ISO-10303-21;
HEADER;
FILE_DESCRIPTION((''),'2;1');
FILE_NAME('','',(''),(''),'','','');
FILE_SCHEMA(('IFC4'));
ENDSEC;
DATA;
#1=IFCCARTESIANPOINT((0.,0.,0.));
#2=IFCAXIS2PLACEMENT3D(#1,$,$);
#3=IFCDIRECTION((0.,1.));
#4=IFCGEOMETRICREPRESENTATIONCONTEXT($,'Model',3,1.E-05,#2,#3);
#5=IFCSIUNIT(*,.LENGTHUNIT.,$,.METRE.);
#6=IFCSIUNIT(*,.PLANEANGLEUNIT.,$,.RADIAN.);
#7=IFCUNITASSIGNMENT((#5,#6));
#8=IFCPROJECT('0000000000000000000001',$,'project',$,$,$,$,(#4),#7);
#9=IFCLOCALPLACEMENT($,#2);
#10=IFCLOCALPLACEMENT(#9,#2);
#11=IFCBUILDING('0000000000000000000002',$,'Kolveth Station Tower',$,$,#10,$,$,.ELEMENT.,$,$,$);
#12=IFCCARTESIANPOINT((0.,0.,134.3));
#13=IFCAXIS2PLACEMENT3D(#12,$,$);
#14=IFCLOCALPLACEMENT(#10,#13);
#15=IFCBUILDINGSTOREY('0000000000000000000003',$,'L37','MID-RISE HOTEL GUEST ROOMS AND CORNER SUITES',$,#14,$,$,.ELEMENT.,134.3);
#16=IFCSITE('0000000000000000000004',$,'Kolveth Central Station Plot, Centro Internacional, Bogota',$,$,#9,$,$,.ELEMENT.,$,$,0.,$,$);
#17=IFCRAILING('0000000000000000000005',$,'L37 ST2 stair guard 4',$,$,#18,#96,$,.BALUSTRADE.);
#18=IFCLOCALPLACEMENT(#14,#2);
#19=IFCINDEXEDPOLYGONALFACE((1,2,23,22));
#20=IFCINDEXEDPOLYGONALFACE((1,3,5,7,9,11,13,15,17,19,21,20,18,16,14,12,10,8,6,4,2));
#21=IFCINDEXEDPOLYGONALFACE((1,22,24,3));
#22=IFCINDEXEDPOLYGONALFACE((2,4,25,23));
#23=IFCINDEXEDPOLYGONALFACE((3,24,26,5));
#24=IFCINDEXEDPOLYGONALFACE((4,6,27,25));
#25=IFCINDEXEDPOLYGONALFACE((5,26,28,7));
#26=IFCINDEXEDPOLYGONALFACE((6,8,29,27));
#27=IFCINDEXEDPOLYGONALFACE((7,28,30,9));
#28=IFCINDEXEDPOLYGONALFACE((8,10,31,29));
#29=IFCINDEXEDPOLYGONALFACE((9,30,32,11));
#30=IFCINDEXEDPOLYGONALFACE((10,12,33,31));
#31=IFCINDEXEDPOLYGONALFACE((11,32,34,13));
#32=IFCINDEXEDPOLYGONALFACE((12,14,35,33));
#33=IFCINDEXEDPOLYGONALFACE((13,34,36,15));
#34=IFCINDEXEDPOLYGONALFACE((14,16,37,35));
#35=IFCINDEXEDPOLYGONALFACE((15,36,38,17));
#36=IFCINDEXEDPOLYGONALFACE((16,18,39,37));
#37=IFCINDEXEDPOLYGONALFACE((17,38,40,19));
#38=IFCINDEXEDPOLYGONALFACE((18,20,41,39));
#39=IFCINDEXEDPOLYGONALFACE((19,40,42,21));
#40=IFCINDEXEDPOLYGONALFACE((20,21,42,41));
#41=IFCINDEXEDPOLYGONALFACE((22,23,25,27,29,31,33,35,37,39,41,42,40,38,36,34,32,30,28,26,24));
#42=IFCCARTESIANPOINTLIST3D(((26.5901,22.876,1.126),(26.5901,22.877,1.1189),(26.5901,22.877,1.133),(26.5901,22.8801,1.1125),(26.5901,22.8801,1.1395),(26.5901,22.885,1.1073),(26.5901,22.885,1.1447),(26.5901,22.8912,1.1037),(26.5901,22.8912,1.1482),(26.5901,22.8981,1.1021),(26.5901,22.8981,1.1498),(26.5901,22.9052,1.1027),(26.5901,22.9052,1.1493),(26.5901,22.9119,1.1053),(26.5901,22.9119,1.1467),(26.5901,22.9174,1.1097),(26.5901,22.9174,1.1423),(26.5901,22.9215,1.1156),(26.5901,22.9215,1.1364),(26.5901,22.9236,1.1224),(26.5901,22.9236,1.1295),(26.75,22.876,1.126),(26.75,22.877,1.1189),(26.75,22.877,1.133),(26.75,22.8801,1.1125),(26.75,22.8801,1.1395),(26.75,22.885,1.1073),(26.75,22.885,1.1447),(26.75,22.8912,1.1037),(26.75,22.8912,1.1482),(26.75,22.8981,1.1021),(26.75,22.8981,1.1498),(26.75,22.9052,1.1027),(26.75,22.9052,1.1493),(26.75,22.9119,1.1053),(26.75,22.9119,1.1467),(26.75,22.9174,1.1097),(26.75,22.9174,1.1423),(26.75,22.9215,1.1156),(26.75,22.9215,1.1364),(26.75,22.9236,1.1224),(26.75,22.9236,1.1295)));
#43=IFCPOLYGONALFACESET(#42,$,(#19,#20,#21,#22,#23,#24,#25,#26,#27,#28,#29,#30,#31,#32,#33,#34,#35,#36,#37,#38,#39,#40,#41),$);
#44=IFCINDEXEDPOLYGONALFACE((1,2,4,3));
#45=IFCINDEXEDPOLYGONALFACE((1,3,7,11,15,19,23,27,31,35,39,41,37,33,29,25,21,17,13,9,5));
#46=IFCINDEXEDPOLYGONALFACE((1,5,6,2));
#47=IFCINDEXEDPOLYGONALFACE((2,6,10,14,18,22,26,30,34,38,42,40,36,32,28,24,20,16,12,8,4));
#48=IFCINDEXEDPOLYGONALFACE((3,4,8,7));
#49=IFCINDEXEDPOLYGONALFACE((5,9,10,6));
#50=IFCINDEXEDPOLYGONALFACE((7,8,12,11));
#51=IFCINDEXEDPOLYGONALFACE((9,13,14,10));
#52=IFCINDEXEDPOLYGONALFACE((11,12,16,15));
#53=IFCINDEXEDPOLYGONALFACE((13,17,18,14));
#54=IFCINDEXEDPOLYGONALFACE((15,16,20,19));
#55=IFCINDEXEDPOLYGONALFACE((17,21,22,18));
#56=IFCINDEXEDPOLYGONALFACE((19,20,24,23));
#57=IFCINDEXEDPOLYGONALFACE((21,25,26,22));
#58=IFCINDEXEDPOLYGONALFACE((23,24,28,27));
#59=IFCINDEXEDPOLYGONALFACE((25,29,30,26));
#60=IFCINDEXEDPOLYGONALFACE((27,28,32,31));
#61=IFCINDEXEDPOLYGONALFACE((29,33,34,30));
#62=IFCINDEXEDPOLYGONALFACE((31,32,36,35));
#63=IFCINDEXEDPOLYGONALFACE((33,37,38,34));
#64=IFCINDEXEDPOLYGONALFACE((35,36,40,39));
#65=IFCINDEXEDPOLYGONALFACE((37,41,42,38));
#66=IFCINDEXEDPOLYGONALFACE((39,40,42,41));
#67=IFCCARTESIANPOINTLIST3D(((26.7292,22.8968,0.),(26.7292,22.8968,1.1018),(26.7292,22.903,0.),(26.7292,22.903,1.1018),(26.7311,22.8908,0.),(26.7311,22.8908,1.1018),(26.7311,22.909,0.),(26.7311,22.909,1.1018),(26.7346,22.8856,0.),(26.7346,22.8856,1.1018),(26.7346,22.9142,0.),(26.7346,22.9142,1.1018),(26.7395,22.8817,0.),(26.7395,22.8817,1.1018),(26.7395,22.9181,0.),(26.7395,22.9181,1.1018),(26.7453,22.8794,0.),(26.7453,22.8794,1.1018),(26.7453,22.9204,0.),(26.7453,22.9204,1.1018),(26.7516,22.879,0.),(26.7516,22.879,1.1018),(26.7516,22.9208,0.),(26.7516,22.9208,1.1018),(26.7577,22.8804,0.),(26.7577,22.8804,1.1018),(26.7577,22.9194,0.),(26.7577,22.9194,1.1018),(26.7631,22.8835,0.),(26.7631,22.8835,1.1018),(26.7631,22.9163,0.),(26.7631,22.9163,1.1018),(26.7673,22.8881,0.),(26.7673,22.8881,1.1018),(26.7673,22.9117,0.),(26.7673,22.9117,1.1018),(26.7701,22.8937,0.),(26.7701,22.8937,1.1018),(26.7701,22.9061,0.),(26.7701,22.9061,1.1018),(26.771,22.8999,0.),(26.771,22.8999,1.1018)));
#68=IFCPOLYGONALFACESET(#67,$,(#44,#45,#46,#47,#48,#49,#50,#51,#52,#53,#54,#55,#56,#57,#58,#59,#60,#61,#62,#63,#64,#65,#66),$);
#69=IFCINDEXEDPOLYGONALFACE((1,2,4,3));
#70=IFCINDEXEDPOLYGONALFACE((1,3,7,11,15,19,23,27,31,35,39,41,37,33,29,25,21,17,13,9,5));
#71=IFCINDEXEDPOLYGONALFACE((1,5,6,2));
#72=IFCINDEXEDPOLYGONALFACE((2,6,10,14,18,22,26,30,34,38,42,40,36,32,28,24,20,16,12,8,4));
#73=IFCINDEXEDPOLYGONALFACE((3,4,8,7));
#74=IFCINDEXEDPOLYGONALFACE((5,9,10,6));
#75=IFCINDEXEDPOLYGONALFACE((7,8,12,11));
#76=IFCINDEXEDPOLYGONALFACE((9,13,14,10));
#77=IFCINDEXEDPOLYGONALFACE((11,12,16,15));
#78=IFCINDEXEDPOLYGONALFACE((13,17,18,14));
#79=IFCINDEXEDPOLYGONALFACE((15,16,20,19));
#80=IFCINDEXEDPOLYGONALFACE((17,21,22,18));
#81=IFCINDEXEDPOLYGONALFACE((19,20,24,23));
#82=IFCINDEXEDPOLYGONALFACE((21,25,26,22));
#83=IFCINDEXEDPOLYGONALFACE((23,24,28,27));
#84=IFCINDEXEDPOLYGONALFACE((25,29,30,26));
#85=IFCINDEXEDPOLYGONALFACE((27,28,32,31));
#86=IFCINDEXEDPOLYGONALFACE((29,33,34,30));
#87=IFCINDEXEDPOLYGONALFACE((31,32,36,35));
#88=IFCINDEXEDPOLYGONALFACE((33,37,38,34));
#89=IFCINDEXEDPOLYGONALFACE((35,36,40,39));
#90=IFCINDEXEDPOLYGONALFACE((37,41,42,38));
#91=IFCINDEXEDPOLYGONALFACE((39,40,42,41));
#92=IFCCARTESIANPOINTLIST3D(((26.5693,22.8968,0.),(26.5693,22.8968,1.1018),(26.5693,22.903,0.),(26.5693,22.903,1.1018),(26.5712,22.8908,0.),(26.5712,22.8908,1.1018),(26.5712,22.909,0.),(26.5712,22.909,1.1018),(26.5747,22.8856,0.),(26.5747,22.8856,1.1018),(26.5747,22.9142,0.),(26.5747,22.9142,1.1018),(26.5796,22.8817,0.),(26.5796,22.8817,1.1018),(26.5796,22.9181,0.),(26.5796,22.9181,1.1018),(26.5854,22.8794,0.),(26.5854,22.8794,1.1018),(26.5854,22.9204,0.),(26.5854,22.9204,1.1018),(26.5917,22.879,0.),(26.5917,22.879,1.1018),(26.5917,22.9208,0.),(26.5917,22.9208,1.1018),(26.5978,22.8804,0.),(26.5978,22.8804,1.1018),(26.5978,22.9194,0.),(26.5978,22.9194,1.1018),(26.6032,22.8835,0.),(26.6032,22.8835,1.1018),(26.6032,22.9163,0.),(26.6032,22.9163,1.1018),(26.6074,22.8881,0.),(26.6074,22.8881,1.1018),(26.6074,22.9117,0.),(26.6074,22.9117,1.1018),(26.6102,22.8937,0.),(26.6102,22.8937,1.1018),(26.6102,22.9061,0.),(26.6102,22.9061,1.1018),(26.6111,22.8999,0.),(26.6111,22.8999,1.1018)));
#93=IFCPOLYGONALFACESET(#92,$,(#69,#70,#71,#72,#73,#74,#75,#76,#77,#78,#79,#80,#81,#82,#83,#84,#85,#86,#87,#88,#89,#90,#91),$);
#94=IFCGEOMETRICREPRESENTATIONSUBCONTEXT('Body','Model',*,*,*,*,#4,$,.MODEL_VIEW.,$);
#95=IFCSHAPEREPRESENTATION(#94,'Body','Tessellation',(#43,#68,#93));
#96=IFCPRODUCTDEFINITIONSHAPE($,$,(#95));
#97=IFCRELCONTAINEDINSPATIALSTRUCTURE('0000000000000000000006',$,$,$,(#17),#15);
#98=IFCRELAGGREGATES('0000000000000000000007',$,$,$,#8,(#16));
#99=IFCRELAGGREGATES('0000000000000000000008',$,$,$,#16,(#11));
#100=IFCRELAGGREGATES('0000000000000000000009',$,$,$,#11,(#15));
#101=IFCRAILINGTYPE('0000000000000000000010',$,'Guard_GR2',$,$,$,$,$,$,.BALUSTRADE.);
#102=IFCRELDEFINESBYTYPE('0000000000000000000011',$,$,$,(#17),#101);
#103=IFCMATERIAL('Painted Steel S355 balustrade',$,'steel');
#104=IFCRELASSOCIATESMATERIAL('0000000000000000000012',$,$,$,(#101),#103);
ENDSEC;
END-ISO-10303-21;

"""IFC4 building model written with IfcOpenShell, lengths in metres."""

from ifc_helpers import new_model, si_unit, direction, frame, origin, origin_2d, place, context, subcontext, project, spatial, circle, extrude, material, type_object, element, save


model = new_model("IFC4")

# Units and contexts
model_context = context("Model", 3, precision=1e-05, world=origin(), true_north=direction((0.0, 1.0)))
body_context = subcontext(model_context, "Body", "Model", "MODEL_VIEW")
ifc_project = project(units=[si_unit("LENGTHUNIT", "METRE"), si_unit("PLANEANGLEUNIT", "RADIAN")], contexts=[model_context])

# Site, building, storey
site_placement = place(None, origin())
site = spatial("IfcSite", under=ifc_project, at=site_placement, Name="Kolveth Central Station Plot, Centro Internacional, Bogota", CompositionType="ELEMENT", RefElevation=0.0)
building_placement = place(site_placement, origin())
building = spatial("IfcBuilding", under=site, at=building_placement, Name="Kolveth Station Tower", CompositionType="ELEMENT")
storey_placement = place(building_placement, frame((0.0, 0.0, 134.3)))
storey = spatial("IfcBuildingStorey", under=building, at=storey_placement, Name="L37", Description="MID-RISE HOTEL GUEST ROOMS AND CORNER SUITES", CompositionType="ELEMENT", Elevation=134.3)

# Railing
ifc_material_1 = material(Name="Painted Steel S355 balustrade", Category="steel")
railing_type_1 = type_object("IfcRailingType", Name="Guard_GR2", PredefinedType="BALUSTRADE", material=ifc_material_1)
railing_1_placement = place(storey_placement, frame((26.75, 22.8999, 0.0)))
element("IfcRailing", 1, at=railing_1_placement, inside=storey, type_object=railing_type_1, Name="L37 ST2 stair guard 4", PredefinedType="BALUSTRADE", context=body_context, shape_type="SweptSolid", body=[
    extrude(circle(Radius=0.0239, at=origin_2d()), frame((0.0, 0.0, 1.126), z_axis=(-1.0, 0.0, 0.0), x_axis=(0.0, -1.0, 0.0)), (0.0, 0.0, 1.0), 0.1599),
    extrude(circle(Radius=0.021, at=origin_2d()), origin(), (0.0, 0.0, 1.0), 1.1018),
    extrude(circle(Radius=0.021, at=origin_2d()), frame((-0.1599, 0.0, 0.0)), (0.0, 0.0, 1.0), 1.1018),
])

save(model, "model.ifc")
